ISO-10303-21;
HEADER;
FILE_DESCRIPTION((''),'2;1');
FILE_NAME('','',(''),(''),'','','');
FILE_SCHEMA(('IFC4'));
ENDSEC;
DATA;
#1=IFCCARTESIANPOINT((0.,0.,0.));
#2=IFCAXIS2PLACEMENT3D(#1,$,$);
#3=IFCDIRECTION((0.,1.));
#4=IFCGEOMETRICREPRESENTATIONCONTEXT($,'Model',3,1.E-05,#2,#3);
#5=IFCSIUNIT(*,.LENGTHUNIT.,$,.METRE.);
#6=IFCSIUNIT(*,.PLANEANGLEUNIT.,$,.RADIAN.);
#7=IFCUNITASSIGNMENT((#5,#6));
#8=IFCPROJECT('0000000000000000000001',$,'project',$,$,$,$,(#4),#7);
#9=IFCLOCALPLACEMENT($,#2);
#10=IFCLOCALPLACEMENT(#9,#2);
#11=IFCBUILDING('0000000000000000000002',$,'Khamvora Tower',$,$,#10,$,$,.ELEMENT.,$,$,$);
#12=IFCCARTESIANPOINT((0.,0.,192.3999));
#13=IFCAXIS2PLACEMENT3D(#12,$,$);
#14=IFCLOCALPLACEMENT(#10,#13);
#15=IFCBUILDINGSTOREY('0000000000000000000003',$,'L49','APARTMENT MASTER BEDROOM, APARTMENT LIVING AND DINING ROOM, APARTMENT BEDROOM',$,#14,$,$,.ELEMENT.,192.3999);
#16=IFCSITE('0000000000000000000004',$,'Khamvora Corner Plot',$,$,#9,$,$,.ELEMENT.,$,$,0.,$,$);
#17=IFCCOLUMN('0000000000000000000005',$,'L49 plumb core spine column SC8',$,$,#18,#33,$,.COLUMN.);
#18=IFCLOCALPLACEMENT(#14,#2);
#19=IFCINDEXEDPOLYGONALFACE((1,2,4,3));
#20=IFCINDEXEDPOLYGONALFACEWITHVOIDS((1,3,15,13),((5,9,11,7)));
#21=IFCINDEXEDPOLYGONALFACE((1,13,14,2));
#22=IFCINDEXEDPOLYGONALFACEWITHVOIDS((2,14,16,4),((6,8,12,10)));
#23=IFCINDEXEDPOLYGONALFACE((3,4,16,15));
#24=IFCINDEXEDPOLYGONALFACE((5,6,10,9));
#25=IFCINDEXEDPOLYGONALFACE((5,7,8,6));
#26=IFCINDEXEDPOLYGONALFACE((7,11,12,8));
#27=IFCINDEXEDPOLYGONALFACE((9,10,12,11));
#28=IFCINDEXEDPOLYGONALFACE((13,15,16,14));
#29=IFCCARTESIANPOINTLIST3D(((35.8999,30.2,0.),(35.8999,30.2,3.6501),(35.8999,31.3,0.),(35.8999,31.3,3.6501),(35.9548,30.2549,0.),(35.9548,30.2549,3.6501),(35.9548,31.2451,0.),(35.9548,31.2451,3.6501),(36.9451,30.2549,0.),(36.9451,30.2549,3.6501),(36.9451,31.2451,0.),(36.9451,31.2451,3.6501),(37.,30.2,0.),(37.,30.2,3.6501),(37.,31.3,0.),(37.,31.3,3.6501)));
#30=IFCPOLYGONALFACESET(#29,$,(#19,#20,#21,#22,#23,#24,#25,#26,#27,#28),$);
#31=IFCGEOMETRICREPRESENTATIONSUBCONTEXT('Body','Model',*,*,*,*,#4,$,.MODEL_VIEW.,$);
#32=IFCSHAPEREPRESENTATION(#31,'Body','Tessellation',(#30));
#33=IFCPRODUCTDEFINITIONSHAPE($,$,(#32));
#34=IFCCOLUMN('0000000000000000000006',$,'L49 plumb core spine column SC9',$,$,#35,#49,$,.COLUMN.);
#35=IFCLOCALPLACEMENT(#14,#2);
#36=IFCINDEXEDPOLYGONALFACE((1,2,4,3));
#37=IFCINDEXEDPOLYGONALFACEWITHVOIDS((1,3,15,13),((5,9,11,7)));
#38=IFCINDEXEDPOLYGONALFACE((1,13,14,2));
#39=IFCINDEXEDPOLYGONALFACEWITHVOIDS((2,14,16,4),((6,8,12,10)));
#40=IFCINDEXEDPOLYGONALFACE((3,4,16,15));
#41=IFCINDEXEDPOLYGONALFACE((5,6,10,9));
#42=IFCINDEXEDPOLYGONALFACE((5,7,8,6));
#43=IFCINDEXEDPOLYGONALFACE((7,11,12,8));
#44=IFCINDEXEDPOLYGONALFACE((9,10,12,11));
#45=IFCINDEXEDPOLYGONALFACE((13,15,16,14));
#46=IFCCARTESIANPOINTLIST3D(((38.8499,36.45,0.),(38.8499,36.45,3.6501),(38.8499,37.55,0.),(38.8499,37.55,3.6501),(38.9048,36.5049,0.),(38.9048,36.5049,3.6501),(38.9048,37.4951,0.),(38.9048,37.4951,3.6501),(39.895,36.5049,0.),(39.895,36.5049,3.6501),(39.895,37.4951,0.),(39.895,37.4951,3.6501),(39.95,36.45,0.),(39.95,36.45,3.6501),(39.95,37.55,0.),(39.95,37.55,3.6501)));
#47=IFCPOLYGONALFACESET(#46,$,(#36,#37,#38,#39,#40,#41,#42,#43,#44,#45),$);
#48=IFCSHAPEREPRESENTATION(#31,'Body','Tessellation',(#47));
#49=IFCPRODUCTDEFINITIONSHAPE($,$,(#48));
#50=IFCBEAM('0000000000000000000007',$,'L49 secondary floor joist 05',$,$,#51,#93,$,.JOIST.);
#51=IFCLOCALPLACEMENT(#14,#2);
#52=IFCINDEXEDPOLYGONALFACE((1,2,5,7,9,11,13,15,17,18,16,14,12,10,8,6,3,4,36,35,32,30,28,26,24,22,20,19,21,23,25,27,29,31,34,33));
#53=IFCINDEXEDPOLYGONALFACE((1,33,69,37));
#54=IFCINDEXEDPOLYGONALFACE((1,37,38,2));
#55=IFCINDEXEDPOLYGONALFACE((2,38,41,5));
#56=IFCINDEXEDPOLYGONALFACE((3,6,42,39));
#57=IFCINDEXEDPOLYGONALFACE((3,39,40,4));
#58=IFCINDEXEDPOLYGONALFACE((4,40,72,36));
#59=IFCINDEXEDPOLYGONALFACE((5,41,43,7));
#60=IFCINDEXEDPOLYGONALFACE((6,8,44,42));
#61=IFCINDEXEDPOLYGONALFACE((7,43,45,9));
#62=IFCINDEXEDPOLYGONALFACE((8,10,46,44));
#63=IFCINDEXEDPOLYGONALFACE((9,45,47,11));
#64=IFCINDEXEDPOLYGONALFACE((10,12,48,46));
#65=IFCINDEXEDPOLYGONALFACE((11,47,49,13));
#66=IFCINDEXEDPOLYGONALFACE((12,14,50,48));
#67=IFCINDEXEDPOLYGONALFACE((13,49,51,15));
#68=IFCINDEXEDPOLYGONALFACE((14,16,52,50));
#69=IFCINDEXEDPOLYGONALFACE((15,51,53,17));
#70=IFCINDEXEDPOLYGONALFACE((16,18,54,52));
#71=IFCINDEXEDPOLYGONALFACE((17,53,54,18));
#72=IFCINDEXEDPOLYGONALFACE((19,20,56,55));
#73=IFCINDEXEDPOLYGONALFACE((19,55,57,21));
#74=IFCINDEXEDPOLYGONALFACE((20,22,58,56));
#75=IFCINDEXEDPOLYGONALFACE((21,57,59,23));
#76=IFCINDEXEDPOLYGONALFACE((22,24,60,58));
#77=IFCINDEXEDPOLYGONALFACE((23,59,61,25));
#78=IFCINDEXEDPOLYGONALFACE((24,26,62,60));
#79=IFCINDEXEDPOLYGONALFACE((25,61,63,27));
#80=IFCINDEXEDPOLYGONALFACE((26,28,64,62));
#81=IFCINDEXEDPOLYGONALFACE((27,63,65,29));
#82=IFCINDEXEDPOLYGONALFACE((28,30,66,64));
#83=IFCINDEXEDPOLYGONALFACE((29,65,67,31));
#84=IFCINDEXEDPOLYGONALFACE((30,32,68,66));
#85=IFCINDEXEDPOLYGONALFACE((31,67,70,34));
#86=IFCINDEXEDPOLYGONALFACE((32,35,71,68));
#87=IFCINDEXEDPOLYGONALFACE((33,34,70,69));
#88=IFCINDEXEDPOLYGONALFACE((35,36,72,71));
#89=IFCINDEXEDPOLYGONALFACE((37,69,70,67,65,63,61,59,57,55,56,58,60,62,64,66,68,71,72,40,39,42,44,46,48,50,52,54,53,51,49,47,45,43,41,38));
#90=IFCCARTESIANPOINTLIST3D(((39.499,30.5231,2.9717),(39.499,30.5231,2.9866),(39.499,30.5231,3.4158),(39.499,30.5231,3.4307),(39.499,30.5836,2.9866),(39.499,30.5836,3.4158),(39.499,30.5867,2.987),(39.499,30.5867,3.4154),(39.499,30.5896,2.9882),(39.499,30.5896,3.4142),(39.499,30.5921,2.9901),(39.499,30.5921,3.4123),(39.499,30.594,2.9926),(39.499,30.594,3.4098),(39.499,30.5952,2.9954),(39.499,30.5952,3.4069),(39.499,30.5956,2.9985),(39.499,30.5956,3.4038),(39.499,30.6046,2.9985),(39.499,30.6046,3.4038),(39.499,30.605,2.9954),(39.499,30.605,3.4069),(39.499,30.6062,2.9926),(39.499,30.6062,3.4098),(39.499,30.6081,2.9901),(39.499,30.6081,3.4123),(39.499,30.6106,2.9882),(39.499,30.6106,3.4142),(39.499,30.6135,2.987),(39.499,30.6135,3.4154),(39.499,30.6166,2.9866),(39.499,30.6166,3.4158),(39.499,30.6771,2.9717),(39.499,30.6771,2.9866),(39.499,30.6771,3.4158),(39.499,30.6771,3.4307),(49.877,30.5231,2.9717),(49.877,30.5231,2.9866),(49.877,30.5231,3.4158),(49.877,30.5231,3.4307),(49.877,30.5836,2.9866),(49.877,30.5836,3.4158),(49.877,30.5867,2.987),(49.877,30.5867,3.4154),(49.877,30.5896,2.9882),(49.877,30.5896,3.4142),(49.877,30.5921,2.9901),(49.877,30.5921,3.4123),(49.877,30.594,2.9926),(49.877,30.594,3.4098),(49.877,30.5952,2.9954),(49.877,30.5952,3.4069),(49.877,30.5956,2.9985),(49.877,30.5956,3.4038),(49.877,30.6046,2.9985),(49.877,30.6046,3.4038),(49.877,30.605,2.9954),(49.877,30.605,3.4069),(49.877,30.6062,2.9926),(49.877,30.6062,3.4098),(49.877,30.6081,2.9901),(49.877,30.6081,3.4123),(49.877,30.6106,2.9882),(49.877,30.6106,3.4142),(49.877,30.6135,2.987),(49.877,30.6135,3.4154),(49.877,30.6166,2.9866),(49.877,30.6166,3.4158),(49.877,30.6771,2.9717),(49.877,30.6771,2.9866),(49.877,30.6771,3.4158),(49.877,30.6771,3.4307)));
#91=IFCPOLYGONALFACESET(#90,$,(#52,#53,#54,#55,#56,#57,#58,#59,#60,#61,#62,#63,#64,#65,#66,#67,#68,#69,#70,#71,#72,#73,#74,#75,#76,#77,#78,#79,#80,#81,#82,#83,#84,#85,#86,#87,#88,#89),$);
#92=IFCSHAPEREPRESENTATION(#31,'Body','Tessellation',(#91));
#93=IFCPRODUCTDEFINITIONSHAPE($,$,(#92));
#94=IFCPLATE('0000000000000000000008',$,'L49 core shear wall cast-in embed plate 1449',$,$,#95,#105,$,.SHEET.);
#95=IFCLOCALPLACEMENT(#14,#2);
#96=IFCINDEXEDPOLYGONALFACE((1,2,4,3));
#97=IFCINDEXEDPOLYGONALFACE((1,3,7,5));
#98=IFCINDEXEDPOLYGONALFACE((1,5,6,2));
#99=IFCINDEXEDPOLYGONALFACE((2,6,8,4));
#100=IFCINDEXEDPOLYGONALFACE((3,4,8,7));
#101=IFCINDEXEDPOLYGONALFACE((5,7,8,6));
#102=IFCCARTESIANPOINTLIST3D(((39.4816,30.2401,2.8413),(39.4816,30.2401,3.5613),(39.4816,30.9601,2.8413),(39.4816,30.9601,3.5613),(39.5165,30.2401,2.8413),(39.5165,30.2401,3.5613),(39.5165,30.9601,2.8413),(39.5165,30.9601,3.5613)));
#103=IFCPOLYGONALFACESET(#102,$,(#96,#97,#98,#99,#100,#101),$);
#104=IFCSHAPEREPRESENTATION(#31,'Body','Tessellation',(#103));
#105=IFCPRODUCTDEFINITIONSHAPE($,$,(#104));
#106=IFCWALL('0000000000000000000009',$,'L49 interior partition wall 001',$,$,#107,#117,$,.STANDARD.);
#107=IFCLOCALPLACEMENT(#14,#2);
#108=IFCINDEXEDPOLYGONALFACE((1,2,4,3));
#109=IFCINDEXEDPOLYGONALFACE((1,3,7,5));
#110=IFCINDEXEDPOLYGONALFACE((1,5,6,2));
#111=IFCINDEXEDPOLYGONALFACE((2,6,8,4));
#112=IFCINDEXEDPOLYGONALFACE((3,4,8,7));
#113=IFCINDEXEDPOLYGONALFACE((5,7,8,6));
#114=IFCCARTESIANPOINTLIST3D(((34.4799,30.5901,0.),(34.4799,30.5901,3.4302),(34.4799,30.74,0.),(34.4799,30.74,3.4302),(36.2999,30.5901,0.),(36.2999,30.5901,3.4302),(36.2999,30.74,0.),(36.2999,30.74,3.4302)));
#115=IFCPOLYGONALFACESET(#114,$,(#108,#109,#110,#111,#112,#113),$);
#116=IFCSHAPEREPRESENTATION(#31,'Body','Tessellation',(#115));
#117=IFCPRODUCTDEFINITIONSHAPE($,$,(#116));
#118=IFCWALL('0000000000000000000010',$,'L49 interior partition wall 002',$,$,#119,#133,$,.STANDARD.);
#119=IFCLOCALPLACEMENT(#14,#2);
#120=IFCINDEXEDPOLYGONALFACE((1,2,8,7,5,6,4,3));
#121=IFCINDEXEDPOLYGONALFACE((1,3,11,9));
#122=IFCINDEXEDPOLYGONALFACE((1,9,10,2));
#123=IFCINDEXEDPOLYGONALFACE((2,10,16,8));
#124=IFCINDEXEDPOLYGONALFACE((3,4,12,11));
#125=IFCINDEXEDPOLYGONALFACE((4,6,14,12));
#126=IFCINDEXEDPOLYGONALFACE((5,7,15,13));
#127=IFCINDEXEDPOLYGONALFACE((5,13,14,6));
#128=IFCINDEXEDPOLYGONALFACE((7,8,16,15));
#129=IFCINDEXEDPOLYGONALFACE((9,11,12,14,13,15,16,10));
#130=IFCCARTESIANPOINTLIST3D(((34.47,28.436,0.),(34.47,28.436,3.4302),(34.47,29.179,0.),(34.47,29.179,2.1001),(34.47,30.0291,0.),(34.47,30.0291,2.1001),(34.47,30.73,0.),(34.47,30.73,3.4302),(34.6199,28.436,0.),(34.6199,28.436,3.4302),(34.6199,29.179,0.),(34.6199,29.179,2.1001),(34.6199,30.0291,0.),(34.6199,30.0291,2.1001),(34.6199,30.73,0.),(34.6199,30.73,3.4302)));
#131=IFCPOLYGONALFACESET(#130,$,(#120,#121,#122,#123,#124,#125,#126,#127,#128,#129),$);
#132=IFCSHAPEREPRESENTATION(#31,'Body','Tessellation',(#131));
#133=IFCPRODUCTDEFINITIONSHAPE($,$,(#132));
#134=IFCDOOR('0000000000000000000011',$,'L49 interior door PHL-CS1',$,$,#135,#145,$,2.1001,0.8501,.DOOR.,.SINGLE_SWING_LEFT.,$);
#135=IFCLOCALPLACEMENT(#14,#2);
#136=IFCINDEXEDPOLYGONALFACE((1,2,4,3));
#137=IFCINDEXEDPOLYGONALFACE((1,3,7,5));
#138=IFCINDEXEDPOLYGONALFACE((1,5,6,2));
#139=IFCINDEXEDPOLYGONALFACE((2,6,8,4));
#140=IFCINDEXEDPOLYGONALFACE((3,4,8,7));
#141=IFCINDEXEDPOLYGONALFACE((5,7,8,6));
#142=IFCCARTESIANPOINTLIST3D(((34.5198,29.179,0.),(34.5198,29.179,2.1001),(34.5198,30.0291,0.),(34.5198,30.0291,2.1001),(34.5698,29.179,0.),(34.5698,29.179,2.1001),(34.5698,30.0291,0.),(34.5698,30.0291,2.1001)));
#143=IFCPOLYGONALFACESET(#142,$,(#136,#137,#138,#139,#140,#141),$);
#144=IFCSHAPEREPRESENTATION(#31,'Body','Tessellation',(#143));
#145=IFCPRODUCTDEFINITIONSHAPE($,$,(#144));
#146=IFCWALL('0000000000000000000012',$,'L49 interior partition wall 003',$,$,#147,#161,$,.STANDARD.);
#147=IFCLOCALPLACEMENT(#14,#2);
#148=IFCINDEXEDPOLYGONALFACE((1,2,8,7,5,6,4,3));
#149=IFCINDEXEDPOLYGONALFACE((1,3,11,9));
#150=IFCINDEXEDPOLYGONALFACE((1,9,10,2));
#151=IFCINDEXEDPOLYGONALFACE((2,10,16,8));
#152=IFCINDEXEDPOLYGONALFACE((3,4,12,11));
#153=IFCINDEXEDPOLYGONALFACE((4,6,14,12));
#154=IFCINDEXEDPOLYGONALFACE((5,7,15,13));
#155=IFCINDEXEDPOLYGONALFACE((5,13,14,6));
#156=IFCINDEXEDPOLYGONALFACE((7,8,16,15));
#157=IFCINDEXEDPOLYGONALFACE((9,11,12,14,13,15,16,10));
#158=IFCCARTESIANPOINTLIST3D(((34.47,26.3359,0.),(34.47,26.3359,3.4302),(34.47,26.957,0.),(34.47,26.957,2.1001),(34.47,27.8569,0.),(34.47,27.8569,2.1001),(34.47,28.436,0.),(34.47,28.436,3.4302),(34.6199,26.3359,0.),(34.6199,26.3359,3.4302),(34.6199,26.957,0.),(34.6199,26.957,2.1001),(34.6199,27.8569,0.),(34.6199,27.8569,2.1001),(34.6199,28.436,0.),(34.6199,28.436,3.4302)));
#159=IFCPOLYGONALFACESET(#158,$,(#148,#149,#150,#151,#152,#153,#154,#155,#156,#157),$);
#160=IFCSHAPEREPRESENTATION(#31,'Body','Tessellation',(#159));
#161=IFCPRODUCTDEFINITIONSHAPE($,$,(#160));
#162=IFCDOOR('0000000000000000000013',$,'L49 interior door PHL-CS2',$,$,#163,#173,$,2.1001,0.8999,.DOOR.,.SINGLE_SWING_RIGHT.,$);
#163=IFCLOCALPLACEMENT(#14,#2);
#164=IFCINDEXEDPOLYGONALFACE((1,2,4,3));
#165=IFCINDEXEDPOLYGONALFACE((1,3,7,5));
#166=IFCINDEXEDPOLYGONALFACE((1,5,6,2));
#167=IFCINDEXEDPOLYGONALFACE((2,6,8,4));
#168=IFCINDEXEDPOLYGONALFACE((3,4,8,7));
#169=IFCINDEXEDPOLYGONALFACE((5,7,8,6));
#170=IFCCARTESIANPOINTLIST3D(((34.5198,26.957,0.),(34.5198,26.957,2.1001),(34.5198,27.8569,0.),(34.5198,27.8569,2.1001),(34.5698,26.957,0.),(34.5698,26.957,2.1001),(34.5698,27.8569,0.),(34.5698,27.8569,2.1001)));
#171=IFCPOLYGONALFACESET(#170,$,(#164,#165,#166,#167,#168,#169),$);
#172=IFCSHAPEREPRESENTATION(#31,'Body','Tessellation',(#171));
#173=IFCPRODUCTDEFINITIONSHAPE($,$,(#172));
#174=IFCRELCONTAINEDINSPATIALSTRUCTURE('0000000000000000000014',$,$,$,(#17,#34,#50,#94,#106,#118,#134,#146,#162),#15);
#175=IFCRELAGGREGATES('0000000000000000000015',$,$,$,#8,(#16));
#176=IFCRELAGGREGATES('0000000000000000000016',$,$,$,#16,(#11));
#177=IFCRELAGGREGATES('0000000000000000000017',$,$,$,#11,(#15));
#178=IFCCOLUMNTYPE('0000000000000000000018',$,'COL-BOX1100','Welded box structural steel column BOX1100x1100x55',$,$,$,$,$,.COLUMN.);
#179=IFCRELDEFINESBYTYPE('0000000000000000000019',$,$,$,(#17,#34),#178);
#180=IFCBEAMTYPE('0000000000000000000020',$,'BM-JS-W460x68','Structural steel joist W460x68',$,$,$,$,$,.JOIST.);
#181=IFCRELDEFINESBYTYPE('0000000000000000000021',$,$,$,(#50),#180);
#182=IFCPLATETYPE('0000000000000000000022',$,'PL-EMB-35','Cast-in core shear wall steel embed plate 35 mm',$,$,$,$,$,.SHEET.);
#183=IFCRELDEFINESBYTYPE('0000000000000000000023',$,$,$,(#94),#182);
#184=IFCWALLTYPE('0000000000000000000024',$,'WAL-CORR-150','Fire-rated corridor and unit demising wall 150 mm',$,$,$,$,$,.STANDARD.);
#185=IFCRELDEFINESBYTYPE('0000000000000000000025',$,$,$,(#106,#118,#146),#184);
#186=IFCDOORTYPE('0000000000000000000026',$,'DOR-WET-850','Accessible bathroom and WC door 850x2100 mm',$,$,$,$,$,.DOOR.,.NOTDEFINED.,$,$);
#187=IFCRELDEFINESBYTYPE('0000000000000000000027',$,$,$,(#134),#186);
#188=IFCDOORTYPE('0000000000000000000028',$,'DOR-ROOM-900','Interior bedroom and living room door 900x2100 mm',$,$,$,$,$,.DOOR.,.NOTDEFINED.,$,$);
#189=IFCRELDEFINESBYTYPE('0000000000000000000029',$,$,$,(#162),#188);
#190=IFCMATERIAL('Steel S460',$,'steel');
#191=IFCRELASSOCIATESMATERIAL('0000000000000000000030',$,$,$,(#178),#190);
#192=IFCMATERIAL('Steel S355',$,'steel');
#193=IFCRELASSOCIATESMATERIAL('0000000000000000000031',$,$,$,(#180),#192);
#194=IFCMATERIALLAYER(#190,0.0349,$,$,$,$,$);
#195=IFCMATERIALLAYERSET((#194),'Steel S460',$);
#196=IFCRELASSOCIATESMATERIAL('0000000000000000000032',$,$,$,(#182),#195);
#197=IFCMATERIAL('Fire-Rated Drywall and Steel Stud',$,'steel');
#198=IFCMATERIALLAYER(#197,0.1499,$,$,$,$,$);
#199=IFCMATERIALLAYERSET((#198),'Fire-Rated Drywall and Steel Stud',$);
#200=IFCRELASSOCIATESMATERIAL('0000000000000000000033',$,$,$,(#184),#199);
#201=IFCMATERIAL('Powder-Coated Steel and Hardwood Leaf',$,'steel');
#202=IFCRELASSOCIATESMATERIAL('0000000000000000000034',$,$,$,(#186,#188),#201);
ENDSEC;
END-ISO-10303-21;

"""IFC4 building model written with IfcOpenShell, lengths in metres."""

from ifc_helpers import new_model, si_unit, direction, frame, frame_2d, origin, origin_2d, place, context, subcontext, project, spatial, rectangle, hollow_rectangle, i_section, extrude, material, layer, layer_set, material_profile, profile_set, type_object, element, fill, save


model = new_model("IFC4")

# Units and contexts
model_context = context("Model", 3, precision=1e-05, world=origin(), true_north=direction((0.0, 1.0)))
body_context = subcontext(model_context, "Body", "Model", "MODEL_VIEW")
ifc_project = project(units=[si_unit("LENGTHUNIT", "METRE"), si_unit("PLANEANGLEUNIT", "RADIAN")], contexts=[model_context])

# Site, building, storey
site_placement = place(None, origin())
site = spatial("IfcSite", under=ifc_project, at=site_placement, Name="Khamvora Corner Plot", CompositionType="ELEMENT", RefElevation=0.0)
building_placement = place(site_placement, origin())
building = spatial("IfcBuilding", under=site, at=building_placement, Name="Khamvora Tower", CompositionType="ELEMENT")
storey_placement = place(building_placement, frame((0.0, 0.0, 192.3999)))
storey = spatial("IfcBuildingStorey", under=building, at=storey_placement, Name="L49", Description="APARTMENT MASTER BEDROOM, APARTMENT LIVING AND DINING ROOM, APARTMENT BEDROOM", CompositionType="ELEMENT", Elevation=192.3999)

# Columns
ifc_material_1 = material(Name="Steel S460", Category="steel")
ifc_material_profile_1 = material_profile(ifc_material_1, hollow_rectangle(XDim=1.1001, YDim=1.1001, WallThickness=0.0549, at=origin_2d()), Name="BOX1100x1100x55")
ifc_profile_set_1 = profile_set([ifc_material_profile_1], Name="Steel S460")
column_type = type_object("IfcColumnType", Name="COL-BOX1100", Description="Welded box structural steel column BOX1100x1100x55", PredefinedType="COLUMN", material=ifc_profile_set_1)
for number, where, z_axis, x_axis, name in (
    (1, (36.45, 30.75, 0.0), (0.0, 0.0, 1.0), (1.0, 0.0, 0.0), "L49 plumb core spine column SC8"),
    (2, (39.3999, 37.0, 0.0), (0.0, 0.0, 1.0), (1.0, 0.0, 0.0), "L49 plumb core spine column SC9"),
):
    element("IfcColumn", number, at=place(storey_placement, frame(where, z_axis=z_axis, x_axis=x_axis)), inside=storey, type_object=column_type, Name=name, PredefinedType="COLUMN", context=body_context, shape_type="SweptSolid", body=[
        extrude(hollow_rectangle(XDim=1.1001, YDim=1.1001, WallThickness=0.0549, at=origin_2d()), origin(), (0.0, 0.0, 1.0), 3.6501),
    ])

# Beam
ifc_material_2 = material(Name="Steel S355", Category="steel")
ifc_material_profile_2 = material_profile(ifc_material_2, i_section(OverallWidth=0.1541, OverallDepth=0.459, WebThickness=0.009, FlangeThickness=0.0149, FilletRadius=0.012, at=origin_2d()), Name="W460x68")
ifc_profile_set_2 = profile_set([ifc_material_profile_2], Name="Steel S355")
beam_type = type_object("IfcBeamType", Name="BM-JS-W460x68", Description="Structural steel joist W460x68", PredefinedType="JOIST", material=ifc_profile_set_2)
beam_placement = place(storey_placement, frame((39.499, 30.6001, 3.2012), z_axis=(1.0, 0.0, 0.0), x_axis=(0.0, 1.0, 0.0)))
element("IfcBeam", 3, at=beam_placement, inside=storey, type_object=beam_type, Name="L49 secondary floor joist 05", PredefinedType="JOIST", context=body_context, shape_type="SweptSolid", body=[
    extrude(i_section(OverallWidth=0.1541, OverallDepth=0.459, WebThickness=0.009, FlangeThickness=0.0149, FilletRadius=0.012, at=origin_2d()), origin(), (0.0, 0.0, 1.0), 10.3779),
])

# Plate
ifc_layer_1 = layer(ifc_material_1, 0.0349)
ifc_layer_set_1 = layer_set([ifc_layer_1], Name="Steel S460")
plate_type = type_object("IfcPlateType", Name="PL-EMB-35", Description="Cast-in core shear wall steel embed plate 35 mm", PredefinedType="SHEET", material=ifc_layer_set_1)
plate_placement = place(storey_placement, frame((39.499, 30.6001, 2.8413), z_axis=(0.0, 0.0, 1.0), x_axis=(1.0, 0.0, 0.0)))
element("IfcPlate", 4, at=plate_placement, inside=storey, type_object=plate_type, Name="L49 core shear wall cast-in embed plate 1449", PredefinedType="SHEET", context=body_context, shape_type="SweptSolid", body=[
    extrude(rectangle(XDim=0.0349, YDim=0.72, at=origin_2d()), origin(), (0.0, 0.0, 1.0), 0.72),
])

# Shared definitions
ifc_material_3 = material(Name="Powder-Coated Steel and Hardwood Leaf", Category="steel")

# Wall
ifc_material_4 = material(Name="Fire-Rated Drywall and Steel Stud", Category="steel")
ifc_layer_2 = layer(ifc_material_4, 0.1499)
ifc_layer_set_2 = layer_set([ifc_layer_2], Name="Fire-Rated Drywall and Steel Stud")
wall_type_1 = type_object("IfcWallType", Name="WAL-CORR-150", Description="Fire-rated corridor and unit demising wall 150 mm", PredefinedType="STANDARD", material=ifc_layer_set_2)
wall_1_placement = place(storey_placement, frame((36.3, 30.665, 0.0), z_axis=(0.0, 0.0, 1.0), x_axis=(-1.0, 0.0, 0.0)))
element("IfcWall", 5, at=wall_1_placement, inside=storey, type_object=wall_type_1, Name="L49 interior partition wall 001", PredefinedType="STANDARD", context=body_context, shape_type="SweptSolid", body=[
    extrude(rectangle(XDim=1.8201, YDim=0.1499, at=frame_2d((0.9102, 0.0))), origin(), (0.0, 0.0, 1.0), 3.4302),
])

# Walls, openings, doors
wall_2_placement = place(storey_placement, frame((34.5449, 30.73, 0.0), z_axis=(0.0, 0.0, 1.0), x_axis=(0.0, -1.0, 0.0)))
wall_2 = element("IfcWall", 6, at=wall_2_placement, inside=storey, type_object=wall_type_1, Name="L49 interior partition wall 002", PredefinedType="STANDARD", context=body_context, shape_type="SweptSolid", body=[
    extrude(rectangle(XDim=2.2939, YDim=0.1499, at=frame_2d((1.147, 0.0))), origin(), (0.0, 0.0, 1.0), 3.4302),
])
opening_1_placement = place(wall_2_placement, frame((0.7009, 0.0, 0.0)))
opening_1 = element("IfcOpeningElement", 7, at=opening_1_placement, cuts=wall_2, PredefinedType="OPENING", context=body_context, shape_type="SweptSolid", body=[
    extrude(rectangle(XDim=0.8501, YDim=2.1001, at=frame_2d((0.425, 1.05))), frame((0.0, 0.085, 0.0), z_axis=(0.0, -1.0, 0.0), x_axis=(1.0, 0.0, 0.0)), (0.0, 0.0, 1.0), 0.1699),
])
door_type_1 = type_object("IfcDoorType", Name="DOR-WET-850", Description="Accessible bathroom and WC door 850x2100 mm", OperationType="NOTDEFINED", PredefinedType="DOOR", material=ifc_material_3)
door_1_placement = place(opening_1_placement, origin())
door_1 = element("IfcDoor", 8, at=door_1_placement, inside=storey, type_object=door_type_1, Name="L49 interior door PHL-CS1", OperationType="SINGLE_SWING_LEFT", OverallHeight=2.1001, OverallWidth=0.8501, PredefinedType="DOOR", context=body_context, shape_type="SweptSolid", body=[
    extrude(rectangle(XDim=0.8501, YDim=2.1001, at=frame_2d((0.425, 1.05))), frame((0.0, 0.0249, 0.0), z_axis=(0.0, -1.0, 0.0), x_axis=(1.0, 0.0, 0.0)), (0.0, 0.0, 1.0), 0.05),
])
fill(opening_1, door_1)
wall_3_placement = place(storey_placement, frame((34.5449, 28.436, 0.0), z_axis=(0.0, 0.0, 1.0), x_axis=(0.0, -1.0, 0.0)))
wall_3 = element("IfcWall", 9, at=wall_3_placement, inside=storey, type_object=wall_type_1, Name="L49 interior partition wall 003", PredefinedType="STANDARD", context=body_context, shape_type="SweptSolid", body=[
    extrude(rectangle(XDim=2.1001, YDim=0.1499, at=frame_2d((1.05, 0.0))), origin(), (0.0, 0.0, 1.0), 3.4302),
])
opening_2_placement = place(wall_3_placement, frame((0.5791, 0.0, 0.0)))
opening_2 = element("IfcOpeningElement", 10, at=opening_2_placement, cuts=wall_3, PredefinedType="OPENING", context=body_context, shape_type="SweptSolid", body=[
    extrude(rectangle(XDim=0.8999, YDim=2.1001, at=frame_2d((0.45, 1.05))), frame((0.0, 0.085, 0.0), z_axis=(0.0, -1.0, 0.0), x_axis=(1.0, 0.0, 0.0)), (0.0, 0.0, 1.0), 0.1699),
])
door_type_2 = type_object("IfcDoorType", Name="DOR-ROOM-900", Description="Interior bedroom and living room door 900x2100 mm", OperationType="NOTDEFINED", PredefinedType="DOOR", material=ifc_material_3)
door_2_placement = place(opening_2_placement, origin())
door_2 = element("IfcDoor", 11, at=door_2_placement, inside=storey, type_object=door_type_2, Name="L49 interior door PHL-CS2", OperationType="SINGLE_SWING_RIGHT", OverallHeight=2.1001, OverallWidth=0.8999, PredefinedType="DOOR", context=body_context, shape_type="SweptSolid", body=[
    extrude(rectangle(XDim=0.8999, YDim=2.1001, at=frame_2d((0.45, 1.05))), frame((0.0, 0.0249, 0.0), z_axis=(0.0, -1.0, 0.0), x_axis=(1.0, 0.0, 0.0)), (0.0, 0.0, 1.0), 0.05),
])
fill(opening_2, door_2)

save(model, "model.ifc")
